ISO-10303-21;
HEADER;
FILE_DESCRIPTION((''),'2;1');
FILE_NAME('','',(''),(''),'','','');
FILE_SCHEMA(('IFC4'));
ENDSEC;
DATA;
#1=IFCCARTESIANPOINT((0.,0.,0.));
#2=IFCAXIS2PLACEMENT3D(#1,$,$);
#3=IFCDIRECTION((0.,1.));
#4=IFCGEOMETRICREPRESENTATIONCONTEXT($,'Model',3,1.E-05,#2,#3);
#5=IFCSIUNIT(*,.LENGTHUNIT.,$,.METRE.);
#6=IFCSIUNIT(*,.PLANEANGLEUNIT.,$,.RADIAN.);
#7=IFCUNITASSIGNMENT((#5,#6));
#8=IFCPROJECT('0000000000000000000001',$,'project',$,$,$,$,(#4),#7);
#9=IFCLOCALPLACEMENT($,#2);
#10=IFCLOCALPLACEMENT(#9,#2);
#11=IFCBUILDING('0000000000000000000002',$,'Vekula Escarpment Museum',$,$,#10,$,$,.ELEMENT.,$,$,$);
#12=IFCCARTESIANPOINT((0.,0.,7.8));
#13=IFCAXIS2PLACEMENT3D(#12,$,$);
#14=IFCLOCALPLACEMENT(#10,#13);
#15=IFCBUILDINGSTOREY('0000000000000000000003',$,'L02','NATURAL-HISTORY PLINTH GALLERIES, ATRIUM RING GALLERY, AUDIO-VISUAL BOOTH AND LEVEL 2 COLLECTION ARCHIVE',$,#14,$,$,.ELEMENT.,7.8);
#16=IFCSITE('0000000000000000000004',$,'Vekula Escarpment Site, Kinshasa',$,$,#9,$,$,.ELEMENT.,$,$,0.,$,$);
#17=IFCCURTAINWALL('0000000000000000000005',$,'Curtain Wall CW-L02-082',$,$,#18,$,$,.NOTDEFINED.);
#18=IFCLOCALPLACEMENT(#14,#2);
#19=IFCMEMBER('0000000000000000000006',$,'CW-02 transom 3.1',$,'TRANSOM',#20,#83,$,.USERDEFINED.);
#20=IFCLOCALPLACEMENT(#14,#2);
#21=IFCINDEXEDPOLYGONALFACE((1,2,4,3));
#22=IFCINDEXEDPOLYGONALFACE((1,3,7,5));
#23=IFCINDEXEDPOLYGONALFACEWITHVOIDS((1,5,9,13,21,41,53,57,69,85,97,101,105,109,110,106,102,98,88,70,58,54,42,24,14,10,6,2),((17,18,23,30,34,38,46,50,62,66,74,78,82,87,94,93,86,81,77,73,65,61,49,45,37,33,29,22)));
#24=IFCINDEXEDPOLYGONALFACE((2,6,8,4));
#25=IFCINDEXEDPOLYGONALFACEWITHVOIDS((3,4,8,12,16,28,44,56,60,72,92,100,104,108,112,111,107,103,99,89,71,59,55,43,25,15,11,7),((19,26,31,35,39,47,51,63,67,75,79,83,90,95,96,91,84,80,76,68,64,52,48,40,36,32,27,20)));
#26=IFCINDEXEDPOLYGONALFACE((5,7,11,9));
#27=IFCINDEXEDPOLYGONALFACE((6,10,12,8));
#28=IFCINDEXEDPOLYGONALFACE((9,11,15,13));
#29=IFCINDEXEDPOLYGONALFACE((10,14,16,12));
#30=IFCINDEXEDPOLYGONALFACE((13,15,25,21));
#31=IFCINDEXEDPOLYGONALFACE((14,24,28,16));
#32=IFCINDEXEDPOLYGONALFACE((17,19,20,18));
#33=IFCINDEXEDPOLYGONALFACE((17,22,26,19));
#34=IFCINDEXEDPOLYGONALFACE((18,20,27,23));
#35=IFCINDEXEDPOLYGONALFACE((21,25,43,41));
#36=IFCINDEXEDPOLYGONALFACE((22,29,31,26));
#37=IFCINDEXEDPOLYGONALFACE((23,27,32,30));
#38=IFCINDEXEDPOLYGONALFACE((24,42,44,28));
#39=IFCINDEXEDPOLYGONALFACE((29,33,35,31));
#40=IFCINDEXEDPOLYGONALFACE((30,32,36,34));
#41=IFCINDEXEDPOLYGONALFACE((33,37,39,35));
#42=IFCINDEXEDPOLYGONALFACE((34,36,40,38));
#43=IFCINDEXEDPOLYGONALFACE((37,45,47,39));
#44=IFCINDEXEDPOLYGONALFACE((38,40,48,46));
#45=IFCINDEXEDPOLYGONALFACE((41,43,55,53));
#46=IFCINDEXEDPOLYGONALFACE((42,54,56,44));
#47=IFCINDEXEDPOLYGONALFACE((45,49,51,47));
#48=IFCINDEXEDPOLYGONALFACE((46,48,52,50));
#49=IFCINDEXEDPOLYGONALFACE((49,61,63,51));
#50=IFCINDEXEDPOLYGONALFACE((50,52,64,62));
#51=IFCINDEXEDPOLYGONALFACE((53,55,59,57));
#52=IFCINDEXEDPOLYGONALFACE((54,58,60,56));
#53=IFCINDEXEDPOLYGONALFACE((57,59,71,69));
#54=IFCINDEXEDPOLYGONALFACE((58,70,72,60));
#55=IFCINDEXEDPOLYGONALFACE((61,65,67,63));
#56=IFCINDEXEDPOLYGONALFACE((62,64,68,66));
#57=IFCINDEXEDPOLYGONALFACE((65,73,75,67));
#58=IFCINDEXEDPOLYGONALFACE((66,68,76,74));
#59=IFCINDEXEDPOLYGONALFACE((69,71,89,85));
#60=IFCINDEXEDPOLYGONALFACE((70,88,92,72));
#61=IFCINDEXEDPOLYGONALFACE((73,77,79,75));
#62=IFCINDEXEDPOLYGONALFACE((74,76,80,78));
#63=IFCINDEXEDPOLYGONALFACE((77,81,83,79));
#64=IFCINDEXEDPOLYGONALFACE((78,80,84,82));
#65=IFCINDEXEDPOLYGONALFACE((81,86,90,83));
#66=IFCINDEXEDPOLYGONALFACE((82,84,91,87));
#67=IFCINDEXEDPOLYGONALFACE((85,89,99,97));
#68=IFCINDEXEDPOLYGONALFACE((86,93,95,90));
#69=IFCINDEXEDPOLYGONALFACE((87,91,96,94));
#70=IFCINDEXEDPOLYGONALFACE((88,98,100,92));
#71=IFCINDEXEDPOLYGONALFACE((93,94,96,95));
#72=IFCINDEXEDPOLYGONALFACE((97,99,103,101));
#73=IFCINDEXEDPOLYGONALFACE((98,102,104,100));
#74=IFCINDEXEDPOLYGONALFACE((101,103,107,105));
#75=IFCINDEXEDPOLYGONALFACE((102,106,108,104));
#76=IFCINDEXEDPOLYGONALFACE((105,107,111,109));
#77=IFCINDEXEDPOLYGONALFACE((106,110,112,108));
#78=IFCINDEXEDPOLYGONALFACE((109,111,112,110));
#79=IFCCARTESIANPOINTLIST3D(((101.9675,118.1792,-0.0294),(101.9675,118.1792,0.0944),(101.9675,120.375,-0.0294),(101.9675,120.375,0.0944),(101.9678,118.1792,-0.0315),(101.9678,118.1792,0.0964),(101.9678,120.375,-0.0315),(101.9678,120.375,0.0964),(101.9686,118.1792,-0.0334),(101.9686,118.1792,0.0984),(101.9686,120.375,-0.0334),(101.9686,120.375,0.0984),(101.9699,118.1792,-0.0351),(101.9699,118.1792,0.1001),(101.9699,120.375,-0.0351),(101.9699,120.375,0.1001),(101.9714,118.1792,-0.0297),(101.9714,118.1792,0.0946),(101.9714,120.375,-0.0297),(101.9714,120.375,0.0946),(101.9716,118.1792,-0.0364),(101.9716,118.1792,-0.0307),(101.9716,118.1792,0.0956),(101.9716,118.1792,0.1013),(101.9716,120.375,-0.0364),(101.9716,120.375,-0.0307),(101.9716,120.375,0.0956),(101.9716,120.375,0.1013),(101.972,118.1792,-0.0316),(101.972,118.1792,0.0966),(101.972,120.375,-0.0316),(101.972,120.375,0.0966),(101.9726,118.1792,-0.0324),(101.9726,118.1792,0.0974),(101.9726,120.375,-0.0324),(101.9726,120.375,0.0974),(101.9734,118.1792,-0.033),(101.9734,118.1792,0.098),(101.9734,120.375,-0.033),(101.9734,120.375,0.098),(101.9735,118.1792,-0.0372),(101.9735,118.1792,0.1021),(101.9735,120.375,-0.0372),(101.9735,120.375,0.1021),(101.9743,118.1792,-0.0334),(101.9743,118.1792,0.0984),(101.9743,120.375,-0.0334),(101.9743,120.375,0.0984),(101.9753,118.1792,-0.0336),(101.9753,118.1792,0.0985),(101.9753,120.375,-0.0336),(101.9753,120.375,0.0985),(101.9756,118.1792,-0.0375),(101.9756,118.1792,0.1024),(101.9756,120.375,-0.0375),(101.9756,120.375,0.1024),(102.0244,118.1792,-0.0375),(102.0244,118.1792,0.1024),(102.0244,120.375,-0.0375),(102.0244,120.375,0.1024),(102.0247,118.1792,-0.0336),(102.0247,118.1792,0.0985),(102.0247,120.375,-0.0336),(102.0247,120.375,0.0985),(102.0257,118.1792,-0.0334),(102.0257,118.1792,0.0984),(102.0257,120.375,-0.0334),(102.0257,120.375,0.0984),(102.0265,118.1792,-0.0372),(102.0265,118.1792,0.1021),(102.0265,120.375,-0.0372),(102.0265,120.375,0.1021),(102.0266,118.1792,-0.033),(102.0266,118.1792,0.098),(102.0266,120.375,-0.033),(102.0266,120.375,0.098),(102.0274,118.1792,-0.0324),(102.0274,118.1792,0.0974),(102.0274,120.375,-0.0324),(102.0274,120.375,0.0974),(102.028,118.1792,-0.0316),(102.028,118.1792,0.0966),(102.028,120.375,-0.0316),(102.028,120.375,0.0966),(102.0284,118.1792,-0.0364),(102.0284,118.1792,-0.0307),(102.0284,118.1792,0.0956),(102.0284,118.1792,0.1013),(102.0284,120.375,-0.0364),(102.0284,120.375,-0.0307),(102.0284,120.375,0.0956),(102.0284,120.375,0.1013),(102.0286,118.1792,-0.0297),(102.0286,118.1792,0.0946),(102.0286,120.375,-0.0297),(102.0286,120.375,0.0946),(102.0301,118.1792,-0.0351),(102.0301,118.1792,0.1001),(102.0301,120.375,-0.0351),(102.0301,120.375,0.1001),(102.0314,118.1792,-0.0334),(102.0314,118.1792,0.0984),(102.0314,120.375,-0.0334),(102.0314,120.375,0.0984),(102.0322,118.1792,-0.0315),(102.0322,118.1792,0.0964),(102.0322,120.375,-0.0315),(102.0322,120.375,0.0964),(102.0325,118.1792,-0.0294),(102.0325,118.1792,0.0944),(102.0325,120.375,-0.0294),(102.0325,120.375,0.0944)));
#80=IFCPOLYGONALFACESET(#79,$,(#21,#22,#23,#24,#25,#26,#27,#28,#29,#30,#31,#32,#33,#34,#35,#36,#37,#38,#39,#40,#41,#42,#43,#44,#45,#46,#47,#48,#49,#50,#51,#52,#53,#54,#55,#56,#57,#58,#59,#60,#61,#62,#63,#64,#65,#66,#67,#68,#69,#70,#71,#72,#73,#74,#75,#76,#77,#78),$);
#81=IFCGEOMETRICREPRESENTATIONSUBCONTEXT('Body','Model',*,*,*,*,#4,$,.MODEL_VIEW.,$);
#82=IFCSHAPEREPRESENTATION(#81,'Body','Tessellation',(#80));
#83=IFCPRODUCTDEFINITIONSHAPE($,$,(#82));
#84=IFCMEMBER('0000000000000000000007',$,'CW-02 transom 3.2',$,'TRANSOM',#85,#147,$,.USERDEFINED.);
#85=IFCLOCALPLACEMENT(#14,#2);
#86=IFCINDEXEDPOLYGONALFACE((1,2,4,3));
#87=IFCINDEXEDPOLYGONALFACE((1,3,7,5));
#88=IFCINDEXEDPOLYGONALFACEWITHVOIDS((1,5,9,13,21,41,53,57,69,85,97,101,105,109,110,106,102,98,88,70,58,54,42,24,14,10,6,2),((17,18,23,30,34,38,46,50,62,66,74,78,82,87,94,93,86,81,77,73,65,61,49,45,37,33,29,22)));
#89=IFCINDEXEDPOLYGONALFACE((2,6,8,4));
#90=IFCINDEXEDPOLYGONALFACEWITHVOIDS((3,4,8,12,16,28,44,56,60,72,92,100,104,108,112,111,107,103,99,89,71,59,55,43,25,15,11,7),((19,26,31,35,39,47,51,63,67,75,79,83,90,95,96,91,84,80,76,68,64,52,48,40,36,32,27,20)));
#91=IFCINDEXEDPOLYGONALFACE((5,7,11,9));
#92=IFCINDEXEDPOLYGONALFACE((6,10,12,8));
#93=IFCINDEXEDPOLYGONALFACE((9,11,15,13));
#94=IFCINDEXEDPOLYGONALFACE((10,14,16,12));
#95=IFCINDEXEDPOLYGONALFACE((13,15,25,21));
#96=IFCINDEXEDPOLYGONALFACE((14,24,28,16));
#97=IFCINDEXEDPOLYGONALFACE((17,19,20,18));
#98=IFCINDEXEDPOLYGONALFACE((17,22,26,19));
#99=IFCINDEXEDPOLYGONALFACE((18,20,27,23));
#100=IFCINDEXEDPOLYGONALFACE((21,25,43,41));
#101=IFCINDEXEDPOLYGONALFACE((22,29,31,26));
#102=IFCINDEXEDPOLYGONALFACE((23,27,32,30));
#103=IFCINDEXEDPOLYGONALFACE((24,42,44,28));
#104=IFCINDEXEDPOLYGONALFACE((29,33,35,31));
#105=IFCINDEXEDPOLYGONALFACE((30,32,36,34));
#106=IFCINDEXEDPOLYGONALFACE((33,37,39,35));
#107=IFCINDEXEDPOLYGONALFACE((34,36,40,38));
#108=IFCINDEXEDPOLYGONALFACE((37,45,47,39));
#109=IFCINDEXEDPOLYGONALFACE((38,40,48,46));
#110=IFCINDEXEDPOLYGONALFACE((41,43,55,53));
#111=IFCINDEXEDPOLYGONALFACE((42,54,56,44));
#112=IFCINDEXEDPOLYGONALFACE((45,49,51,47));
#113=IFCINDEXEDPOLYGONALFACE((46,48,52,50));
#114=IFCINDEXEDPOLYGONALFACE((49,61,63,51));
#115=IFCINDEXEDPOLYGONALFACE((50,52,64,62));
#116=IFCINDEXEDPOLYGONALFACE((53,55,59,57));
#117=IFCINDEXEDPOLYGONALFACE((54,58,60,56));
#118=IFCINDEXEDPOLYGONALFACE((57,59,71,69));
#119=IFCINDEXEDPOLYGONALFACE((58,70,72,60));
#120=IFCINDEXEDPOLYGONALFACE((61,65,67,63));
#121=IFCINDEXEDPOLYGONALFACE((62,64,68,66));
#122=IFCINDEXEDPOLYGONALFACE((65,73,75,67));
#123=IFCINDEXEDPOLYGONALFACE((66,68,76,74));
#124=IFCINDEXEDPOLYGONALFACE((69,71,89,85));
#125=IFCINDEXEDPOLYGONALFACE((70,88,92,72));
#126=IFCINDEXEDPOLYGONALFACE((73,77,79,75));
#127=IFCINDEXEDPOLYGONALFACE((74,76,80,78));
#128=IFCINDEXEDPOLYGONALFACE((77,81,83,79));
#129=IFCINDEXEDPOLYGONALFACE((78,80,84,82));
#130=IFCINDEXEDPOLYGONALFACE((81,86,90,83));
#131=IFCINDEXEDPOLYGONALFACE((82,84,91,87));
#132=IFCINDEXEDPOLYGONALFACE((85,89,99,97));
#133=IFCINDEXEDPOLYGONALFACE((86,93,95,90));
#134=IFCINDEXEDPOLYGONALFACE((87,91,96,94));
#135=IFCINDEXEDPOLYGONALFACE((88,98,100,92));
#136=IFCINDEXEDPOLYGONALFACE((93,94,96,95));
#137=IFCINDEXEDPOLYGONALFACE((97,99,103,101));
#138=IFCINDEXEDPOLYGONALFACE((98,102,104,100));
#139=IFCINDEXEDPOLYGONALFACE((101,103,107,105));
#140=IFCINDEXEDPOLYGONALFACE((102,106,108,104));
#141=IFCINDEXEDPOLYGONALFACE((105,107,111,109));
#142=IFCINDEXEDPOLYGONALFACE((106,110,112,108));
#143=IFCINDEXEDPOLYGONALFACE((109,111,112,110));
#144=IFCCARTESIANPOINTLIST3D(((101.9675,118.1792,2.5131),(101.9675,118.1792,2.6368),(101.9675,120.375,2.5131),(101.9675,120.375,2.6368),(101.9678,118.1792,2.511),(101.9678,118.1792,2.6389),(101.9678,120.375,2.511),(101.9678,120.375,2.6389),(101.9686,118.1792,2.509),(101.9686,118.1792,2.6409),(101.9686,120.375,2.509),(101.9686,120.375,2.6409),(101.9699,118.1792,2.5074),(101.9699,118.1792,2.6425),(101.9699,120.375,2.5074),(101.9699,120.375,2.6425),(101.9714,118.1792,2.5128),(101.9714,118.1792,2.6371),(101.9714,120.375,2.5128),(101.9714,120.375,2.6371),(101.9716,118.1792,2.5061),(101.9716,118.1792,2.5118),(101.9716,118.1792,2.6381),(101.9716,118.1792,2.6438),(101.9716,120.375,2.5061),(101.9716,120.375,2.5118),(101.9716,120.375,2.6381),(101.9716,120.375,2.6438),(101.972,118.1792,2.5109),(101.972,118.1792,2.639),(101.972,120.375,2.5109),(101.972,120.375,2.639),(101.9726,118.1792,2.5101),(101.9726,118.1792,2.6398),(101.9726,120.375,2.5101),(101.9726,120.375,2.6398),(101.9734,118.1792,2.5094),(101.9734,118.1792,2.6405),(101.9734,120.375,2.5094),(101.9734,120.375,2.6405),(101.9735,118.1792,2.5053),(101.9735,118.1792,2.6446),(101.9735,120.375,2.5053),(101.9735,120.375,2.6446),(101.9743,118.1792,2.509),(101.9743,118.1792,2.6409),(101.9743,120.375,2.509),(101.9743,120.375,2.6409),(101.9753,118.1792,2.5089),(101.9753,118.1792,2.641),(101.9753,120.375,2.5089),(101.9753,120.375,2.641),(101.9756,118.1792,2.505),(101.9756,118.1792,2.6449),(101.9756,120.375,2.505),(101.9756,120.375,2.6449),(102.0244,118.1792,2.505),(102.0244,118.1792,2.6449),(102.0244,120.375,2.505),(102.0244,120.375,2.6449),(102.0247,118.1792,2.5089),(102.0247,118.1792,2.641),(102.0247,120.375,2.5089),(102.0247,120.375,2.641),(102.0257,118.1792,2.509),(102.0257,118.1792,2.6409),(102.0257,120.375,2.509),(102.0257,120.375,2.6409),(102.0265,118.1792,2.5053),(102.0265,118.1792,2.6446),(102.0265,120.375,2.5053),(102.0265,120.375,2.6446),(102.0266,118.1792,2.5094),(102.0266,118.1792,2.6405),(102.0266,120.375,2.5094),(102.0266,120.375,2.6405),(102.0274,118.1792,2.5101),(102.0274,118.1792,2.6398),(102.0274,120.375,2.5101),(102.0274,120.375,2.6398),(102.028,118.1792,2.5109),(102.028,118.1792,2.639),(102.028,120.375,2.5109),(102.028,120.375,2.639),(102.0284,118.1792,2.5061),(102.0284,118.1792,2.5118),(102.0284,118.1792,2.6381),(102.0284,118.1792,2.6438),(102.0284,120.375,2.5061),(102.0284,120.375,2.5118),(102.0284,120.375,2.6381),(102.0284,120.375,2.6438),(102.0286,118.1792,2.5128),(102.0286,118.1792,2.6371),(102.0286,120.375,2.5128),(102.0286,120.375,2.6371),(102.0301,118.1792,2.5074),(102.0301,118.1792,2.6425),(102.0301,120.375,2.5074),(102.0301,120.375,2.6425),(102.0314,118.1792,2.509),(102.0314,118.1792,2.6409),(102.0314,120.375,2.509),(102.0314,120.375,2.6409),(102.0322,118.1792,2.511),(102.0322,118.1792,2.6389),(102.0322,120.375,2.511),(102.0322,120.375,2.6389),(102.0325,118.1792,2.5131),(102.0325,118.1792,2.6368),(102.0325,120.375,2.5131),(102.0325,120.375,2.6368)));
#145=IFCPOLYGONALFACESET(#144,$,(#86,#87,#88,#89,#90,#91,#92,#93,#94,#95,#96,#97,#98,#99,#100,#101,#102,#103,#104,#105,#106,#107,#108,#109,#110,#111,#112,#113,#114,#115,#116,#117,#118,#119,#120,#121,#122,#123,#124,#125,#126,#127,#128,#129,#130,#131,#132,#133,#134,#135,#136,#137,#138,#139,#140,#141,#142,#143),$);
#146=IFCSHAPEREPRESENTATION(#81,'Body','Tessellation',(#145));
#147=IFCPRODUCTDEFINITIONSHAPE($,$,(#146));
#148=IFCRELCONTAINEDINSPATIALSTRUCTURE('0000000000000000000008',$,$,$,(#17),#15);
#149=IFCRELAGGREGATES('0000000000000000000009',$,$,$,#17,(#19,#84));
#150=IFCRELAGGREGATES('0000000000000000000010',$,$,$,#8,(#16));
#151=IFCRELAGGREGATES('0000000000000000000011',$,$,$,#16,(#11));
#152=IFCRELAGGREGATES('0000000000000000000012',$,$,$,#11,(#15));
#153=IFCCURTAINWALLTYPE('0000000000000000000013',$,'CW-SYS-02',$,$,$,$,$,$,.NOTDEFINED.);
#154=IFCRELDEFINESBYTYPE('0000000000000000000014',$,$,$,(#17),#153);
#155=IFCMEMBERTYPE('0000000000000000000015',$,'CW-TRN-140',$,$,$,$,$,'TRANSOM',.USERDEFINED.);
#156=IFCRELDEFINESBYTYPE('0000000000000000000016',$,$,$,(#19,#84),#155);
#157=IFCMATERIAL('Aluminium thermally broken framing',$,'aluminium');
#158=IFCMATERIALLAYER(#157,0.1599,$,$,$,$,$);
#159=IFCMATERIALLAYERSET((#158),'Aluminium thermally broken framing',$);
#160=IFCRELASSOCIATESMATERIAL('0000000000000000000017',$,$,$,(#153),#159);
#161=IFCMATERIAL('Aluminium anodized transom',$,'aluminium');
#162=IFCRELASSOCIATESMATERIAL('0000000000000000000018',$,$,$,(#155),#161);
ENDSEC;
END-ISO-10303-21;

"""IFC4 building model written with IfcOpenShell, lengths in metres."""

from ifc_helpers import new_model, si_unit, direction, frame, origin, origin_2d, place, context, subcontext, project, spatial, hollow_rectangle, extrude, material, layer, layer_set, material_profile, profile_set, type_object, element, aggregate, save


model = new_model("IFC4")

# Units and contexts
model_context = context("Model", 3, precision=1e-05, world=origin(), true_north=direction((0.0, 1.0)))
body_context = subcontext(model_context, "Body", "Model", "MODEL_VIEW")
ifc_project = project(units=[si_unit("LENGTHUNIT", "METRE"), si_unit("PLANEANGLEUNIT", "RADIAN")], contexts=[model_context])

# Site, building, storey
site_placement = place(None, origin())
site = spatial("IfcSite", under=ifc_project, at=site_placement, Name="Vekula Escarpment Site, Kinshasa", CompositionType="ELEMENT", RefElevation=0.0)
building_placement = place(site_placement, origin())
building = spatial("IfcBuilding", under=site, at=building_placement, Name="Vekula Escarpment Museum", CompositionType="ELEMENT")
storey_placement = place(building_placement, frame((0.0, 0.0, 7.8)))
storey = spatial("IfcBuildingStorey", under=building, at=storey_placement, Name="L02", Description="NATURAL-HISTORY PLINTH GALLERIES, ATRIUM RING GALLERY, AUDIO-VISUAL BOOTH AND LEVEL 2 COLLECTION ARCHIVE", CompositionType="ELEMENT", Elevation=7.8)

# Curtain wall, members
ifc_material_1 = material(Name="Aluminium thermally broken framing", Category="aluminium")
ifc_layer_1 = layer(ifc_material_1, 0.1599)
ifc_layer_set_1 = layer_set([ifc_layer_1], Name="Aluminium thermally broken framing")
curtain_wall_type = type_object("IfcCurtainWallType", Name="CW-SYS-02", PredefinedType="NOTDEFINED", material=ifc_layer_set_1)
curtain_wall_placement = place(storey_placement, origin())
curtain_wall = element("IfcCurtainWall", 1, at=curtain_wall_placement, inside=storey, type_object=curtain_wall_type, Name="Curtain Wall CW-L02-082", PredefinedType="NOTDEFINED")
ifc_material_2 = material(Name="Aluminium anodized transom", Category="aluminium")
ifc_material_profile_1 = material_profile(ifc_material_2, hollow_rectangle(XDim=0.0649, YDim=0.1399, WallThickness=0.0039, InnerFilletRadius=0.0039, OuterFilletRadius=0.0081, at=origin_2d()), Name="ALU 140x65x4")
ifc_profile_set_1 = profile_set([ifc_material_profile_1], Name="Aluminium anodized transom")
member_type_1 = type_object("IfcMemberType", Name="CW-TRN-140", ElementType="TRANSOM", PredefinedType="USERDEFINED", material=ifc_profile_set_1)
member_1_placement = place(storey_placement, frame((102.0, 118.1792, 0.0325), z_axis=(0.0, 1.0, 0.0), x_axis=(-1.0, 0.0, 0.0)))
member_1 = element("IfcMember", 2, at=member_1_placement, type_object=member_type_1, Name="CW-02 transom 3.1", ObjectType="TRANSOM", PredefinedType="USERDEFINED", context=body_context, shape_type="SweptSolid", body=[
    extrude(hollow_rectangle(XDim=0.0649, YDim=0.1399, WallThickness=0.0039, InnerFilletRadius=0.0039, OuterFilletRadius=0.0081, at=origin_2d()), origin(), (0.0, 0.0, 1.0), 2.1958),
])
member_2_placement = place(storey_placement, frame((102.0, 118.1792, 2.575), z_axis=(0.0, 1.0, 0.0), x_axis=(-1.0, 0.0, 0.0)))
member_2 = element("IfcMember", 3, at=member_2_placement, type_object=member_type_1, Name="CW-02 transom 3.2", ObjectType="TRANSOM", PredefinedType="USERDEFINED", context=body_context, shape_type="SweptSolid", body=[
    extrude(hollow_rectangle(XDim=0.0649, YDim=0.1399, WallThickness=0.0039, InnerFilletRadius=0.0039, OuterFilletRadius=0.0081, at=origin_2d()), origin(), (0.0, 0.0, 1.0), 2.1958),
])

aggregate(curtain_wall, [member_1, member_2])

save(model, "model.ifc")
